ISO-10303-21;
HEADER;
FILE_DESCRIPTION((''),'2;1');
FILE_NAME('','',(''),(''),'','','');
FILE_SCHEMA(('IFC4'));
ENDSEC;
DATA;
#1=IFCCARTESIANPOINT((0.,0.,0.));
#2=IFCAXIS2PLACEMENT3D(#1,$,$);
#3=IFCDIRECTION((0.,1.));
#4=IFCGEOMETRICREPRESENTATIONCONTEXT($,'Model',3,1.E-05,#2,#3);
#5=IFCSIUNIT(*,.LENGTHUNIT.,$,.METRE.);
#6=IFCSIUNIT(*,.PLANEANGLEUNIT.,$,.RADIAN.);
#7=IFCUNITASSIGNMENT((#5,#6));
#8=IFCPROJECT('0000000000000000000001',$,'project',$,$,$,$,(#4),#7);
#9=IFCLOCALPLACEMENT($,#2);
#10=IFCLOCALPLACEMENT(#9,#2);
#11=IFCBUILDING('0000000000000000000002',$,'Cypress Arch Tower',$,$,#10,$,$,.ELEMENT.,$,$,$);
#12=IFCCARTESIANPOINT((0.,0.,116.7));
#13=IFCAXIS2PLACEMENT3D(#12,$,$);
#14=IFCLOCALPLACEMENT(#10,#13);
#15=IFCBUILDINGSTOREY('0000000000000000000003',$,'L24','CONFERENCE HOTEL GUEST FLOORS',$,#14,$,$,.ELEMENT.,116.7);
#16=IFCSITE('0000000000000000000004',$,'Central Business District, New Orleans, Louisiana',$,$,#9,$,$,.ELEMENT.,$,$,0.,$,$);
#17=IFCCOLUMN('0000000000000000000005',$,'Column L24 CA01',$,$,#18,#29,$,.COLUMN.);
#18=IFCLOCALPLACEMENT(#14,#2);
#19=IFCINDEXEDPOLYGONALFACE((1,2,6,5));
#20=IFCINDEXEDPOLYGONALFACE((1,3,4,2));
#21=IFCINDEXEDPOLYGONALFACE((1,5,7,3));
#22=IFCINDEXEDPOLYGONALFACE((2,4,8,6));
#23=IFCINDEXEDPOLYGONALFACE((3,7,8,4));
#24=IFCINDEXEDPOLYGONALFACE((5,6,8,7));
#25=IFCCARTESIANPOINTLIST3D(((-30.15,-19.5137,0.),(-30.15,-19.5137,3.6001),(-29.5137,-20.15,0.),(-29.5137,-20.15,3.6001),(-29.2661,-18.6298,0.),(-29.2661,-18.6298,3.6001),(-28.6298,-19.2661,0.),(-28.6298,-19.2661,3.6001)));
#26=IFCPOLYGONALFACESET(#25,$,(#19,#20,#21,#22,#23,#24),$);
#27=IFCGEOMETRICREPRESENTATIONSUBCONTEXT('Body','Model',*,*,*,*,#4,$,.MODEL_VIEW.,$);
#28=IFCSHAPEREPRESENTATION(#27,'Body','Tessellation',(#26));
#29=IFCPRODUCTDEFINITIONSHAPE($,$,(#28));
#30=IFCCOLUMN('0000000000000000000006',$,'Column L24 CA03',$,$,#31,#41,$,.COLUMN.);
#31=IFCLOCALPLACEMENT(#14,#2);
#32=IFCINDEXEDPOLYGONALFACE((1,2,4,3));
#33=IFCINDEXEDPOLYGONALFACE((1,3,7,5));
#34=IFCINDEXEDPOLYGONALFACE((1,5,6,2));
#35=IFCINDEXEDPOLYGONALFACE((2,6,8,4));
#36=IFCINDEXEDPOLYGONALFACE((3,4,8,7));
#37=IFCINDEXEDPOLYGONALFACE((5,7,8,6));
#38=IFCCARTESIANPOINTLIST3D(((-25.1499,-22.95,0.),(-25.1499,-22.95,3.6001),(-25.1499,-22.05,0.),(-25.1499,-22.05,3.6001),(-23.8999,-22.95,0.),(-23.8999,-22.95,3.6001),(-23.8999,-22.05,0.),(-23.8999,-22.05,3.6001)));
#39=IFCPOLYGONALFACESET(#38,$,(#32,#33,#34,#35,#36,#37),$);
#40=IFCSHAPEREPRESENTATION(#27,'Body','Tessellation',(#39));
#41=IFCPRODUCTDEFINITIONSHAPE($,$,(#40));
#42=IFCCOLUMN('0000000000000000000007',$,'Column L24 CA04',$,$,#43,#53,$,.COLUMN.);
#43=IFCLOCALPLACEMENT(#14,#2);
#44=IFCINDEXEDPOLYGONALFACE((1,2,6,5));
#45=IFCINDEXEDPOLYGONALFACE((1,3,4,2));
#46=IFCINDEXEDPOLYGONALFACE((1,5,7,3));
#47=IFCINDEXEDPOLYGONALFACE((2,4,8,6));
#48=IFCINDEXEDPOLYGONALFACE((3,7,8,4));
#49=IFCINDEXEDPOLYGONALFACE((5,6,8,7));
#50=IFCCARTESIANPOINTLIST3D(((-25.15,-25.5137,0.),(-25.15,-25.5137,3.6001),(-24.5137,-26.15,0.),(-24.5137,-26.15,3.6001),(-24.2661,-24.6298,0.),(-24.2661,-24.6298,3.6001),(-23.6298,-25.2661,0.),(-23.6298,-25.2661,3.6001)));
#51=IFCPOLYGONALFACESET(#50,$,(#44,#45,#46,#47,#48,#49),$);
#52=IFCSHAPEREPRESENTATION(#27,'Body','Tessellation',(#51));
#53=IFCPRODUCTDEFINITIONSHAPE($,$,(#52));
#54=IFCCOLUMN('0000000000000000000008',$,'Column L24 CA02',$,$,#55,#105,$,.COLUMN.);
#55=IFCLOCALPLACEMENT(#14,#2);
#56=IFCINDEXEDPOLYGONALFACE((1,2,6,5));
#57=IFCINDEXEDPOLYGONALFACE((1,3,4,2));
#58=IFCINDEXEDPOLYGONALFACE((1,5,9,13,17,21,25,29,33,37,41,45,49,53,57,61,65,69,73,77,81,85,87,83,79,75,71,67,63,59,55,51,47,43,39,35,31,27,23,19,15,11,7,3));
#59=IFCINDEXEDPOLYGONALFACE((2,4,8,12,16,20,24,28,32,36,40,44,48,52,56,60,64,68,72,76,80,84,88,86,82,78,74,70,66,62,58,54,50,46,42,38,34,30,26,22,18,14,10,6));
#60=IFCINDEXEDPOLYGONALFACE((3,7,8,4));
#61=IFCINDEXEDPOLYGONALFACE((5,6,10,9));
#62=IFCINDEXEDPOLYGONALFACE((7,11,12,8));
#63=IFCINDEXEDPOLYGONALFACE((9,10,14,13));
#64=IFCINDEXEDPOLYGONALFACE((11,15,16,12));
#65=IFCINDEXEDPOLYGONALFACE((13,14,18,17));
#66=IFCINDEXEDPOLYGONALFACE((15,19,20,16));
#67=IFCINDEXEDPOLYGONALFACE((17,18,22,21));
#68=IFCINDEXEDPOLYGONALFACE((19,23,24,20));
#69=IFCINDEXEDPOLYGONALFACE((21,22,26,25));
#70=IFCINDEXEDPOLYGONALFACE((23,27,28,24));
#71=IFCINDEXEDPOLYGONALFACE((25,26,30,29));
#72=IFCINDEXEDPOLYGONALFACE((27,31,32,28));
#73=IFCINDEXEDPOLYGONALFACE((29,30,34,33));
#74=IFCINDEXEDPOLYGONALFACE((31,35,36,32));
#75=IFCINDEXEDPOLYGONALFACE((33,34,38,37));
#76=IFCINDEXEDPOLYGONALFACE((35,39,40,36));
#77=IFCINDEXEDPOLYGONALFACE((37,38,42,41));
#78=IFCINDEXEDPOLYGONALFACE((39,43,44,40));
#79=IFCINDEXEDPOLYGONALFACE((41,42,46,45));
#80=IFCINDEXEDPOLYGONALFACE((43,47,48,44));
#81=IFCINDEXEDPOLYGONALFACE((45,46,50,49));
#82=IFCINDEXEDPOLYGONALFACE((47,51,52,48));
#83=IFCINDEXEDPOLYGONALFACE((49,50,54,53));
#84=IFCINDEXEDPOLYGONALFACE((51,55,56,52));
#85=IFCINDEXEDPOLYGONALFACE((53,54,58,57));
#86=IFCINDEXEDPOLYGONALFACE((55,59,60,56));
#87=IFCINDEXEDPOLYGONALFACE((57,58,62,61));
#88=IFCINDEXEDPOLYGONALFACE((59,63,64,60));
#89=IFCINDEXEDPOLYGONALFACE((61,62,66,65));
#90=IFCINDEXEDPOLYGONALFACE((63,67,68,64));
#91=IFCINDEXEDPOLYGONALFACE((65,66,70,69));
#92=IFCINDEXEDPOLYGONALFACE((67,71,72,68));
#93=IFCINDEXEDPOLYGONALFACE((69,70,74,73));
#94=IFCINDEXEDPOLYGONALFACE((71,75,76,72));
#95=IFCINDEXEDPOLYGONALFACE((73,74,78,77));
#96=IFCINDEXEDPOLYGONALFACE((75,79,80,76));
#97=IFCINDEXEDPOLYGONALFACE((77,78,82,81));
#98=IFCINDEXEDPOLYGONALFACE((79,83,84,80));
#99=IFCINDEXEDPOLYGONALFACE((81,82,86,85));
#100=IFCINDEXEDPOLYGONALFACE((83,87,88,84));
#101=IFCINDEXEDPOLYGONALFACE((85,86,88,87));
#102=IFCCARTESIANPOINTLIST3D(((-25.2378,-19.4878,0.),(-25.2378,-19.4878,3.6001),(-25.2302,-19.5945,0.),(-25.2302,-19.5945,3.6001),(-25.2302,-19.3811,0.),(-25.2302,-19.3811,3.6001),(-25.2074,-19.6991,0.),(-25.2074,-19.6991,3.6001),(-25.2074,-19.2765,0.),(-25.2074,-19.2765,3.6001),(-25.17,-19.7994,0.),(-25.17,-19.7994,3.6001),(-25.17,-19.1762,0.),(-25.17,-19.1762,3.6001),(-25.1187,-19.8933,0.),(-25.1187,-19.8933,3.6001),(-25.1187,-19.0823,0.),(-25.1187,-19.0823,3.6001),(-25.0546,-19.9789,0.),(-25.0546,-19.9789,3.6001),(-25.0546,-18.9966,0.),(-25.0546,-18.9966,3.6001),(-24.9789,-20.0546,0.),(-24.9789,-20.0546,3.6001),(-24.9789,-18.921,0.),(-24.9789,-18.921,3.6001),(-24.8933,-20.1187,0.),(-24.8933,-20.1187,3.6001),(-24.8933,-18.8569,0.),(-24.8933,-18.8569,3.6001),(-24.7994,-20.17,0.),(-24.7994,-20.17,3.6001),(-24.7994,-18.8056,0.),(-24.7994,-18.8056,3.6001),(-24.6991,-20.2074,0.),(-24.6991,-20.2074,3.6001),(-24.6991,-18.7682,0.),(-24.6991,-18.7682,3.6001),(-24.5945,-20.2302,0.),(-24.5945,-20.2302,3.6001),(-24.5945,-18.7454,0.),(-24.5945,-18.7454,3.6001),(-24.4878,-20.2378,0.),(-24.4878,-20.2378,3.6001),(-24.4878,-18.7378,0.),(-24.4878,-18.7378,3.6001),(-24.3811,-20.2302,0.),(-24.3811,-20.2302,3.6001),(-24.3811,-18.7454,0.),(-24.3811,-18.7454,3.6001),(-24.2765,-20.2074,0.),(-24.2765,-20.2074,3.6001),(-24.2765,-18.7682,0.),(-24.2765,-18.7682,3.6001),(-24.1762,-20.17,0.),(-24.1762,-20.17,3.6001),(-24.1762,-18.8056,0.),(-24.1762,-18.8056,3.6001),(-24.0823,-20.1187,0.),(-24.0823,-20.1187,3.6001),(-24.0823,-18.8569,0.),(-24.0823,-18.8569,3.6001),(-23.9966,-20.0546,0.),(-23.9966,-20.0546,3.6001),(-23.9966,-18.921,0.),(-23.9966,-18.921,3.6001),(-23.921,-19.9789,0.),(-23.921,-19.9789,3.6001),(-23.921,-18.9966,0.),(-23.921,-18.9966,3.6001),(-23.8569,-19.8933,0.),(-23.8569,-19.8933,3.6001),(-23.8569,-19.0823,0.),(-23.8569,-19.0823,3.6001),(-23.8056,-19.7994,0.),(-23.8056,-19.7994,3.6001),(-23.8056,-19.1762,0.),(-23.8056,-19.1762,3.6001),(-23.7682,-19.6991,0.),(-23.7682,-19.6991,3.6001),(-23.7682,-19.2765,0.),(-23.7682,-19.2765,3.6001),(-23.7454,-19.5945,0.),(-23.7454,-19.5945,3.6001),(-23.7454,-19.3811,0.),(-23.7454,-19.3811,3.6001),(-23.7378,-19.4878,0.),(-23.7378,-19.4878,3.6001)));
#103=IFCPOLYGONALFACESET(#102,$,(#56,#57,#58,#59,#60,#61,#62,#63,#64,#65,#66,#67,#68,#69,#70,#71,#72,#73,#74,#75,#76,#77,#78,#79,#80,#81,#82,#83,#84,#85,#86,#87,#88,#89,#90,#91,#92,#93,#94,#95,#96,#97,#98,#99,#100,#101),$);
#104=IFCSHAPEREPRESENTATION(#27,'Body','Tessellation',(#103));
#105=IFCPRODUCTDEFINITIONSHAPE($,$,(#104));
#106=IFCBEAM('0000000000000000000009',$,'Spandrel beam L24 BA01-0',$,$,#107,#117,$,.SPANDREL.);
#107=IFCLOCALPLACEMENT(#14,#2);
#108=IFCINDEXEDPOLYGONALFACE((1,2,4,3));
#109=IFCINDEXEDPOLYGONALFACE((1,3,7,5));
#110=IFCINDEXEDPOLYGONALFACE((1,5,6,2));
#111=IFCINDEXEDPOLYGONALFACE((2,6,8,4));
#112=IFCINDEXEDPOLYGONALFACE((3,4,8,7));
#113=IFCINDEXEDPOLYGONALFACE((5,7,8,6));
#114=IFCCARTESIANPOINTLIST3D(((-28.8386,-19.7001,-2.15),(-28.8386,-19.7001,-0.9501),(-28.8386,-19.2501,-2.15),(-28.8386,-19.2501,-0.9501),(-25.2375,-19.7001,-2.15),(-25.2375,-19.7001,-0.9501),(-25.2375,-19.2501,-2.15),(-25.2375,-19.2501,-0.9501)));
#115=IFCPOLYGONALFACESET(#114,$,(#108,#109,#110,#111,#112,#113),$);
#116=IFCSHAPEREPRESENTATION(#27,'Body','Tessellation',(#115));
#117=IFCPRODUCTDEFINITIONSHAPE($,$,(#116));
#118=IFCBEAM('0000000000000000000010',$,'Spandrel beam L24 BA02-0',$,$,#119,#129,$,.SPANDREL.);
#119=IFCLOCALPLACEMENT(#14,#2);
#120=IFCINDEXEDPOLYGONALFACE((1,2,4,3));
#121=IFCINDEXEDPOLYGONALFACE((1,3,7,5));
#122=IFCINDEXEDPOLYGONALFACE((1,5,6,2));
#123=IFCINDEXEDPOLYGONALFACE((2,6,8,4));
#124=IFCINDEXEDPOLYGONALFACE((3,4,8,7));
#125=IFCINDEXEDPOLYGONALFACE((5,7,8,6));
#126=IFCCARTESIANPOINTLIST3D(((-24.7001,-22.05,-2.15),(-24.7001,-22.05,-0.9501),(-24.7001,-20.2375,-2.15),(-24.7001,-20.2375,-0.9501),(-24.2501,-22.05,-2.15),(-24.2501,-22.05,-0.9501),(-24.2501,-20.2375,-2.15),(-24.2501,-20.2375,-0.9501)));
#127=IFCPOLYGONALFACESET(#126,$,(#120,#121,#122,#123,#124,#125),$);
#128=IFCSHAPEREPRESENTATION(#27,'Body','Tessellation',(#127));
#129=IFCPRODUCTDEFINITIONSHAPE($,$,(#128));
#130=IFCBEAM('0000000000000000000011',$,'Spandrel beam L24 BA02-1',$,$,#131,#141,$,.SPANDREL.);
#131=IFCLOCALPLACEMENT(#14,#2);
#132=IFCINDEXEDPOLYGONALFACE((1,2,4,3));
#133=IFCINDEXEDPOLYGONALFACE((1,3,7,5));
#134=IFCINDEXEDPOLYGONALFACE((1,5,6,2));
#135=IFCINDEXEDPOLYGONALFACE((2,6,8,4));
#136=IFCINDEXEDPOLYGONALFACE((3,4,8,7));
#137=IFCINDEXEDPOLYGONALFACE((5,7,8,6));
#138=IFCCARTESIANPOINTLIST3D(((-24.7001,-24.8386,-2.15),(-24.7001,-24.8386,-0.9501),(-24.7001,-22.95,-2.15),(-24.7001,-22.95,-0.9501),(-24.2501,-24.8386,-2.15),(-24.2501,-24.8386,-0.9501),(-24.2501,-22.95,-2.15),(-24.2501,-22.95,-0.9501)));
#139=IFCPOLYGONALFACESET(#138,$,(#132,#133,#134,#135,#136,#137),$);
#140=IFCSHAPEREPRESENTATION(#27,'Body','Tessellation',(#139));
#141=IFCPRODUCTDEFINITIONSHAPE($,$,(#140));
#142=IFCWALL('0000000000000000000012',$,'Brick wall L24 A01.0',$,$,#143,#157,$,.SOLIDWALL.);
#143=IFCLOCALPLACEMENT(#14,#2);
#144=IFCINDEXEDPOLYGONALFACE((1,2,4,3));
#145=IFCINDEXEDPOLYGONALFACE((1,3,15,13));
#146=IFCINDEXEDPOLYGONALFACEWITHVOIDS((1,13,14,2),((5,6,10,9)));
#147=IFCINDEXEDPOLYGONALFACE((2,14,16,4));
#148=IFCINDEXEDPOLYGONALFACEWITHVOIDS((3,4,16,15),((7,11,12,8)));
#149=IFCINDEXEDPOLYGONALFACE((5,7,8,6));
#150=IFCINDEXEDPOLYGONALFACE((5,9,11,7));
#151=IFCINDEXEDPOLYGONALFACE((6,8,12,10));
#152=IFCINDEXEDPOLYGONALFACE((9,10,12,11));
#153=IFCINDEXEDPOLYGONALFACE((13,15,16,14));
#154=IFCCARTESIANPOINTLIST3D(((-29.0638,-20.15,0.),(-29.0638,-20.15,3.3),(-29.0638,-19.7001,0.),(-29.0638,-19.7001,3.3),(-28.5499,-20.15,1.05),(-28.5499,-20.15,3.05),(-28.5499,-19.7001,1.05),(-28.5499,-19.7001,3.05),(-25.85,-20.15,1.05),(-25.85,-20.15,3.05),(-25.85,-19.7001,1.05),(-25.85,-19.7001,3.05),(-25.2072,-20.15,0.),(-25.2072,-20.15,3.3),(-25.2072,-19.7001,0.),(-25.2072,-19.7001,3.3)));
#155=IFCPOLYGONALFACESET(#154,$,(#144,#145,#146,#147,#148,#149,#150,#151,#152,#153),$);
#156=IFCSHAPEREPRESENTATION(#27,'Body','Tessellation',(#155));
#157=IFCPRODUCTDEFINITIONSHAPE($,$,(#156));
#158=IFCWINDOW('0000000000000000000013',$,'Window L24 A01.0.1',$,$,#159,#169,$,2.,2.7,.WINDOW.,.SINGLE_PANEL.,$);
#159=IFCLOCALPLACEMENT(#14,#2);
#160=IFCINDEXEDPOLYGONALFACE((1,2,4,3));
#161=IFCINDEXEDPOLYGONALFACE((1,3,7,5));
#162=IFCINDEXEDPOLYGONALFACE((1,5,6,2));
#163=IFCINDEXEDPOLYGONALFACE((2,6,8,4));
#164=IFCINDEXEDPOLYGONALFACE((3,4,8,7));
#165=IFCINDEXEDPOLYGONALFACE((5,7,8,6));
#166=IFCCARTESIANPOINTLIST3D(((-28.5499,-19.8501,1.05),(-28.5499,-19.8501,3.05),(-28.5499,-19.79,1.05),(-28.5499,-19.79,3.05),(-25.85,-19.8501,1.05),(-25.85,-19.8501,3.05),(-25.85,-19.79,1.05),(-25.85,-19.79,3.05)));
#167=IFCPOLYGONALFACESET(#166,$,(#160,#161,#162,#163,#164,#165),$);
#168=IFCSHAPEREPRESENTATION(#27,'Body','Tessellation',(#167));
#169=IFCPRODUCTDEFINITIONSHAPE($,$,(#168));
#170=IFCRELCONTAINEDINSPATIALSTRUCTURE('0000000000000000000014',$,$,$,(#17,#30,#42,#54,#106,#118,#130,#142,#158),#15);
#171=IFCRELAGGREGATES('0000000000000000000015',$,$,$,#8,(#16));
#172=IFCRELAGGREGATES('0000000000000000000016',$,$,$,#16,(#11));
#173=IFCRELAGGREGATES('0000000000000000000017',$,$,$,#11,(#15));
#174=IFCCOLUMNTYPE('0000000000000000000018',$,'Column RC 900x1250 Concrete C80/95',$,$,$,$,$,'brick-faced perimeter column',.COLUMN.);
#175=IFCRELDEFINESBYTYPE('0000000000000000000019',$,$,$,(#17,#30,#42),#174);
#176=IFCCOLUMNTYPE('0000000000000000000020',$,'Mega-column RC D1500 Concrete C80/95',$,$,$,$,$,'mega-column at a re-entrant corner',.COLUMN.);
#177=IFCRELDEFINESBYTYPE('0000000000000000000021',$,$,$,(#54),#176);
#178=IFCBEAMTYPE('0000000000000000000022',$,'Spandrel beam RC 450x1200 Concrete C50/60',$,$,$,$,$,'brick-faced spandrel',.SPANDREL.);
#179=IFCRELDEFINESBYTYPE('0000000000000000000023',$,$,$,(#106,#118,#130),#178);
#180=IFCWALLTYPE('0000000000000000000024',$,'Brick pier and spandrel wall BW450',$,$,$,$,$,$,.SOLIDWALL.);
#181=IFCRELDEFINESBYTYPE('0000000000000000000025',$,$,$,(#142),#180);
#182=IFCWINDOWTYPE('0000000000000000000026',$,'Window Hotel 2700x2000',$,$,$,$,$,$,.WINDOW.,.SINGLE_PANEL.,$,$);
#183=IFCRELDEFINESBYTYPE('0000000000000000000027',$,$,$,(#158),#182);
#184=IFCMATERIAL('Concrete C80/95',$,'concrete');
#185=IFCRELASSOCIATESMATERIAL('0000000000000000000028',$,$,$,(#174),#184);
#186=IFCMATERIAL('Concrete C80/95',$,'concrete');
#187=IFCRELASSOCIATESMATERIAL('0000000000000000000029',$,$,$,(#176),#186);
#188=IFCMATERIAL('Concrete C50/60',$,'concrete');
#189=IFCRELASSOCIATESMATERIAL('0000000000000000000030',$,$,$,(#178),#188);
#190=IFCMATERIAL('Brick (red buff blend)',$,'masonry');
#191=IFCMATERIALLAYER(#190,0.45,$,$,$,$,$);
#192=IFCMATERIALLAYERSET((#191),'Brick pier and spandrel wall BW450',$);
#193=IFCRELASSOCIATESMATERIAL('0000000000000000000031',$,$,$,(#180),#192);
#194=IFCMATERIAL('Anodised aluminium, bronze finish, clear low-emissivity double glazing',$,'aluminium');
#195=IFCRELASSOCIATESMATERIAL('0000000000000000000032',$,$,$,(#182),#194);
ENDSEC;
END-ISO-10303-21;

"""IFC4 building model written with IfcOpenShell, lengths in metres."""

from ifc_helpers import new_model, si_unit, direction, frame, frame_2d, origin, origin_2d, place, context, subcontext, project, spatial, rectangle, circle, extrude, material, layer, layer_set, material_profile, profile_set, type_object, element, fill, save


model = new_model("IFC4")

# Units and contexts
model_context = context("Model", 3, precision=1e-05, world=origin(), true_north=direction((0.0, 1.0)))
body_context = subcontext(model_context, "Body", "Model", "MODEL_VIEW")
ifc_project = project(units=[si_unit("LENGTHUNIT", "METRE"), si_unit("PLANEANGLEUNIT", "RADIAN")], contexts=[model_context])

# Site, building, storey
site_placement = place(None, origin())
site = spatial("IfcSite", under=ifc_project, at=site_placement, Name="Central Business District, New Orleans, Louisiana", CompositionType="ELEMENT", RefElevation=0.0)
building_placement = place(site_placement, origin())
building = spatial("IfcBuilding", under=site, at=building_placement, Name="Cypress Arch Tower", CompositionType="ELEMENT")
storey_placement = place(building_placement, frame((0.0, 0.0, 116.7)))
storey = spatial("IfcBuildingStorey", under=building, at=storey_placement, Name="L24", Description="CONFERENCE HOTEL GUEST FLOORS", CompositionType="ELEMENT", Elevation=116.7)

# Columns
ifc_material_1 = material(Name="Concrete C80/95", Category="concrete")
ifc_material_profile_1 = material_profile(ifc_material_1, rectangle(XDim=0.8999, YDim=1.25, at=origin_2d()), Name="RC 900x1250")
ifc_profile_set_1 = profile_set([ifc_material_profile_1], Name="Concrete C80/95")
column_type_1 = type_object("IfcColumnType", Name="Column RC 900x1250 Concrete C80/95", ElementType="brick-faced perimeter column", PredefinedType="COLUMN", material=ifc_profile_set_1)
for number, where, z_axis, x_axis, name in (
    (1, (-29.3899, -19.3899, 0.0), (0.0, 0.0, 1.0), (0.707107, -0.707107, 0.0), "Column L24 CA01"),
    (2, (-24.5249, -22.5, 0.0), (0.0, 0.0, 1.0), (0.0, -1.0, 0.0), "Column L24 CA03"),
    (3, (-24.3899, -25.3899, 0.0), (0.0, 0.0, 1.0), (0.707107, -0.707107, 0.0), "Column L24 CA04"),
):
    element("IfcColumn", number, at=place(storey_placement, frame(where, z_axis=z_axis, x_axis=x_axis)), inside=storey, type_object=column_type_1, Name=name, PredefinedType="COLUMN", context=body_context, shape_type="SweptSolid", body=[
        extrude(rectangle(XDim=0.8999, YDim=1.25, at=origin_2d()), origin(), (0.0, 0.0, 1.0), 3.6001),
    ])
ifc_material_2 = material(Name="Concrete C80/95", Category="concrete")
ifc_material_profile_2 = material_profile(ifc_material_2, circle(Radius=0.75, at=origin_2d()), Name="RC D1500")
ifc_profile_set_2 = profile_set([ifc_material_profile_2], Name="Concrete C80/95")
column_type_2 = type_object("IfcColumnType", Name="Mega-column RC D1500 Concrete C80/95", ElementType="mega-column at a re-entrant corner", PredefinedType="COLUMN", material=ifc_profile_set_2)
column_placement = place(storey_placement, frame((-24.4878, -19.4878, 0.0), z_axis=(0.0, 0.0, 1.0), x_axis=(1.0, 0.0, 0.0)))
element("IfcColumn", 4, at=column_placement, inside=storey, type_object=column_type_2, Name="Column L24 CA02", PredefinedType="COLUMN", context=body_context, shape_type="SweptSolid", body=[
    extrude(circle(Radius=0.75, at=origin_2d()), origin(), (0.0, 0.0, 1.0), 3.6001),
])

# Beams
ifc_material_3 = material(Name="Concrete C50/60", Category="concrete")
ifc_material_profile_3 = material_profile(ifc_material_3, rectangle(XDim=0.45, YDim=1.2, at=origin_2d()), Name="RC 450x1200")
ifc_profile_set_3 = profile_set([ifc_material_profile_3], Name="Concrete C50/60")
beam_type = type_object("IfcBeamType", Name="Spandrel beam RC 450x1200 Concrete C50/60", ElementType="brick-faced spandrel", PredefinedType="SPANDREL", material=ifc_profile_set_3)
beam_1_placement = place(storey_placement, frame((-28.8386, -19.4751, -1.55), z_axis=(1.0, 0.0, 0.0), x_axis=(0.0, 1.0, 0.0)))
element("IfcBeam", 5, at=beam_1_placement, inside=storey, type_object=beam_type, Name="Spandrel beam L24 BA01-0", PredefinedType="SPANDREL", context=body_context, shape_type="SweptSolid", body=[
    extrude(rectangle(XDim=0.45, YDim=1.2, at=origin_2d()), origin(), (0.0, 0.0, 1.0), 3.6011),
])
beam_2_placement = place(storey_placement, frame((-24.4751, -20.2375, -1.55), z_axis=(0.0, -1.0, 0.0), x_axis=(1.0, 0.0, 0.0)))
element("IfcBeam", 6, at=beam_2_placement, inside=storey, type_object=beam_type, Name="Spandrel beam L24 BA02-0", PredefinedType="SPANDREL", context=body_context, shape_type="SweptSolid", body=[
    extrude(rectangle(XDim=0.45, YDim=1.2, at=origin_2d()), origin(), (0.0, 0.0, 1.0), 1.8125),
])
beam_3_placement = place(storey_placement, frame((-24.4751, -22.95, -1.55), z_axis=(0.0, -1.0, 0.0), x_axis=(1.0, 0.0, 0.0)))
element("IfcBeam", 7, at=beam_3_placement, inside=storey, type_object=beam_type, Name="Spandrel beam L24 BA02-1", PredefinedType="SPANDREL", context=body_context, shape_type="SweptSolid", body=[
    extrude(rectangle(XDim=0.45, YDim=1.2, at=origin_2d()), origin(), (0.0, 0.0, 1.0), 1.8887),
])

# Wall, opening, window
ifc_material_4 = material(Name="Brick (red buff blend)", Category="masonry")
ifc_layer_1 = layer(ifc_material_4, 0.45)
ifc_layer_set_1 = layer_set([ifc_layer_1], Name="Brick pier and spandrel wall BW450")
wall_type_1 = type_object("IfcWallType", Name="Brick pier and spandrel wall BW450", PredefinedType="SOLIDWALL", material=ifc_layer_set_1)
wall_1_placement = place(storey_placement, frame((-29.0637, -19.925, 0.0), z_axis=(0.0, 0.0, 1.0), x_axis=(1.0, 0.0, 0.0)))
wall_1 = element("IfcWall", 8, at=wall_1_placement, inside=storey, type_object=wall_type_1, Name="Brick wall L24 A01.0", PredefinedType="SOLIDWALL", context=body_context, shape_type="SweptSolid", body=[
    extrude(rectangle(XDim=3.8567, YDim=0.45, at=frame_2d((1.9282, 0.0))), origin(), (0.0, 0.0, 1.0), 3.3),
])
opening_1_placement = place(wall_1_placement, frame((0.5137, 0.0, 1.05)))
opening_1 = element("IfcOpeningElement", 9, at=opening_1_placement, cuts=wall_1, PredefinedType="OPENING", context=body_context, shape_type="SweptSolid", body=[
    extrude(rectangle(XDim=2.7, YDim=2.0, at=frame_2d((1.3501, 1.0))), frame((0.0, 0.2349, 0.0), z_axis=(0.0, -1.0, 0.0), x_axis=(1.0, 0.0, 0.0)), (0.0, 0.0, 1.0), 0.47),
])
ifc_material_5 = material(Name="Anodised aluminium, bronze finish, clear low-emissivity double glazing", Category="aluminium")
window_type_1 = type_object("IfcWindowType", Name="Window Hotel 2700x2000", PartitioningType="SINGLE_PANEL", PredefinedType="WINDOW", material=ifc_material_5)
window_1_placement = place(opening_1_placement, origin())
window_1 = element("IfcWindow", 10, at=window_1_placement, inside=storey, type_object=window_type_1, Name="Window L24 A01.0.1", OverallHeight=2.0, OverallWidth=2.7, PartitioningType="SINGLE_PANEL", PredefinedType="WINDOW", context=body_context, shape_type="SweptSolid", body=[
    extrude(rectangle(XDim=2.7, YDim=2.0, at=frame_2d((1.3501, 1.0))), frame((0.0, 0.135, 0.0), z_axis=(0.0, -1.0, 0.0), x_axis=(1.0, 0.0, 0.0)), (0.0, 0.0, 1.0), 0.0601),
])
fill(opening_1, window_1)

save(model, "model.ifc")
